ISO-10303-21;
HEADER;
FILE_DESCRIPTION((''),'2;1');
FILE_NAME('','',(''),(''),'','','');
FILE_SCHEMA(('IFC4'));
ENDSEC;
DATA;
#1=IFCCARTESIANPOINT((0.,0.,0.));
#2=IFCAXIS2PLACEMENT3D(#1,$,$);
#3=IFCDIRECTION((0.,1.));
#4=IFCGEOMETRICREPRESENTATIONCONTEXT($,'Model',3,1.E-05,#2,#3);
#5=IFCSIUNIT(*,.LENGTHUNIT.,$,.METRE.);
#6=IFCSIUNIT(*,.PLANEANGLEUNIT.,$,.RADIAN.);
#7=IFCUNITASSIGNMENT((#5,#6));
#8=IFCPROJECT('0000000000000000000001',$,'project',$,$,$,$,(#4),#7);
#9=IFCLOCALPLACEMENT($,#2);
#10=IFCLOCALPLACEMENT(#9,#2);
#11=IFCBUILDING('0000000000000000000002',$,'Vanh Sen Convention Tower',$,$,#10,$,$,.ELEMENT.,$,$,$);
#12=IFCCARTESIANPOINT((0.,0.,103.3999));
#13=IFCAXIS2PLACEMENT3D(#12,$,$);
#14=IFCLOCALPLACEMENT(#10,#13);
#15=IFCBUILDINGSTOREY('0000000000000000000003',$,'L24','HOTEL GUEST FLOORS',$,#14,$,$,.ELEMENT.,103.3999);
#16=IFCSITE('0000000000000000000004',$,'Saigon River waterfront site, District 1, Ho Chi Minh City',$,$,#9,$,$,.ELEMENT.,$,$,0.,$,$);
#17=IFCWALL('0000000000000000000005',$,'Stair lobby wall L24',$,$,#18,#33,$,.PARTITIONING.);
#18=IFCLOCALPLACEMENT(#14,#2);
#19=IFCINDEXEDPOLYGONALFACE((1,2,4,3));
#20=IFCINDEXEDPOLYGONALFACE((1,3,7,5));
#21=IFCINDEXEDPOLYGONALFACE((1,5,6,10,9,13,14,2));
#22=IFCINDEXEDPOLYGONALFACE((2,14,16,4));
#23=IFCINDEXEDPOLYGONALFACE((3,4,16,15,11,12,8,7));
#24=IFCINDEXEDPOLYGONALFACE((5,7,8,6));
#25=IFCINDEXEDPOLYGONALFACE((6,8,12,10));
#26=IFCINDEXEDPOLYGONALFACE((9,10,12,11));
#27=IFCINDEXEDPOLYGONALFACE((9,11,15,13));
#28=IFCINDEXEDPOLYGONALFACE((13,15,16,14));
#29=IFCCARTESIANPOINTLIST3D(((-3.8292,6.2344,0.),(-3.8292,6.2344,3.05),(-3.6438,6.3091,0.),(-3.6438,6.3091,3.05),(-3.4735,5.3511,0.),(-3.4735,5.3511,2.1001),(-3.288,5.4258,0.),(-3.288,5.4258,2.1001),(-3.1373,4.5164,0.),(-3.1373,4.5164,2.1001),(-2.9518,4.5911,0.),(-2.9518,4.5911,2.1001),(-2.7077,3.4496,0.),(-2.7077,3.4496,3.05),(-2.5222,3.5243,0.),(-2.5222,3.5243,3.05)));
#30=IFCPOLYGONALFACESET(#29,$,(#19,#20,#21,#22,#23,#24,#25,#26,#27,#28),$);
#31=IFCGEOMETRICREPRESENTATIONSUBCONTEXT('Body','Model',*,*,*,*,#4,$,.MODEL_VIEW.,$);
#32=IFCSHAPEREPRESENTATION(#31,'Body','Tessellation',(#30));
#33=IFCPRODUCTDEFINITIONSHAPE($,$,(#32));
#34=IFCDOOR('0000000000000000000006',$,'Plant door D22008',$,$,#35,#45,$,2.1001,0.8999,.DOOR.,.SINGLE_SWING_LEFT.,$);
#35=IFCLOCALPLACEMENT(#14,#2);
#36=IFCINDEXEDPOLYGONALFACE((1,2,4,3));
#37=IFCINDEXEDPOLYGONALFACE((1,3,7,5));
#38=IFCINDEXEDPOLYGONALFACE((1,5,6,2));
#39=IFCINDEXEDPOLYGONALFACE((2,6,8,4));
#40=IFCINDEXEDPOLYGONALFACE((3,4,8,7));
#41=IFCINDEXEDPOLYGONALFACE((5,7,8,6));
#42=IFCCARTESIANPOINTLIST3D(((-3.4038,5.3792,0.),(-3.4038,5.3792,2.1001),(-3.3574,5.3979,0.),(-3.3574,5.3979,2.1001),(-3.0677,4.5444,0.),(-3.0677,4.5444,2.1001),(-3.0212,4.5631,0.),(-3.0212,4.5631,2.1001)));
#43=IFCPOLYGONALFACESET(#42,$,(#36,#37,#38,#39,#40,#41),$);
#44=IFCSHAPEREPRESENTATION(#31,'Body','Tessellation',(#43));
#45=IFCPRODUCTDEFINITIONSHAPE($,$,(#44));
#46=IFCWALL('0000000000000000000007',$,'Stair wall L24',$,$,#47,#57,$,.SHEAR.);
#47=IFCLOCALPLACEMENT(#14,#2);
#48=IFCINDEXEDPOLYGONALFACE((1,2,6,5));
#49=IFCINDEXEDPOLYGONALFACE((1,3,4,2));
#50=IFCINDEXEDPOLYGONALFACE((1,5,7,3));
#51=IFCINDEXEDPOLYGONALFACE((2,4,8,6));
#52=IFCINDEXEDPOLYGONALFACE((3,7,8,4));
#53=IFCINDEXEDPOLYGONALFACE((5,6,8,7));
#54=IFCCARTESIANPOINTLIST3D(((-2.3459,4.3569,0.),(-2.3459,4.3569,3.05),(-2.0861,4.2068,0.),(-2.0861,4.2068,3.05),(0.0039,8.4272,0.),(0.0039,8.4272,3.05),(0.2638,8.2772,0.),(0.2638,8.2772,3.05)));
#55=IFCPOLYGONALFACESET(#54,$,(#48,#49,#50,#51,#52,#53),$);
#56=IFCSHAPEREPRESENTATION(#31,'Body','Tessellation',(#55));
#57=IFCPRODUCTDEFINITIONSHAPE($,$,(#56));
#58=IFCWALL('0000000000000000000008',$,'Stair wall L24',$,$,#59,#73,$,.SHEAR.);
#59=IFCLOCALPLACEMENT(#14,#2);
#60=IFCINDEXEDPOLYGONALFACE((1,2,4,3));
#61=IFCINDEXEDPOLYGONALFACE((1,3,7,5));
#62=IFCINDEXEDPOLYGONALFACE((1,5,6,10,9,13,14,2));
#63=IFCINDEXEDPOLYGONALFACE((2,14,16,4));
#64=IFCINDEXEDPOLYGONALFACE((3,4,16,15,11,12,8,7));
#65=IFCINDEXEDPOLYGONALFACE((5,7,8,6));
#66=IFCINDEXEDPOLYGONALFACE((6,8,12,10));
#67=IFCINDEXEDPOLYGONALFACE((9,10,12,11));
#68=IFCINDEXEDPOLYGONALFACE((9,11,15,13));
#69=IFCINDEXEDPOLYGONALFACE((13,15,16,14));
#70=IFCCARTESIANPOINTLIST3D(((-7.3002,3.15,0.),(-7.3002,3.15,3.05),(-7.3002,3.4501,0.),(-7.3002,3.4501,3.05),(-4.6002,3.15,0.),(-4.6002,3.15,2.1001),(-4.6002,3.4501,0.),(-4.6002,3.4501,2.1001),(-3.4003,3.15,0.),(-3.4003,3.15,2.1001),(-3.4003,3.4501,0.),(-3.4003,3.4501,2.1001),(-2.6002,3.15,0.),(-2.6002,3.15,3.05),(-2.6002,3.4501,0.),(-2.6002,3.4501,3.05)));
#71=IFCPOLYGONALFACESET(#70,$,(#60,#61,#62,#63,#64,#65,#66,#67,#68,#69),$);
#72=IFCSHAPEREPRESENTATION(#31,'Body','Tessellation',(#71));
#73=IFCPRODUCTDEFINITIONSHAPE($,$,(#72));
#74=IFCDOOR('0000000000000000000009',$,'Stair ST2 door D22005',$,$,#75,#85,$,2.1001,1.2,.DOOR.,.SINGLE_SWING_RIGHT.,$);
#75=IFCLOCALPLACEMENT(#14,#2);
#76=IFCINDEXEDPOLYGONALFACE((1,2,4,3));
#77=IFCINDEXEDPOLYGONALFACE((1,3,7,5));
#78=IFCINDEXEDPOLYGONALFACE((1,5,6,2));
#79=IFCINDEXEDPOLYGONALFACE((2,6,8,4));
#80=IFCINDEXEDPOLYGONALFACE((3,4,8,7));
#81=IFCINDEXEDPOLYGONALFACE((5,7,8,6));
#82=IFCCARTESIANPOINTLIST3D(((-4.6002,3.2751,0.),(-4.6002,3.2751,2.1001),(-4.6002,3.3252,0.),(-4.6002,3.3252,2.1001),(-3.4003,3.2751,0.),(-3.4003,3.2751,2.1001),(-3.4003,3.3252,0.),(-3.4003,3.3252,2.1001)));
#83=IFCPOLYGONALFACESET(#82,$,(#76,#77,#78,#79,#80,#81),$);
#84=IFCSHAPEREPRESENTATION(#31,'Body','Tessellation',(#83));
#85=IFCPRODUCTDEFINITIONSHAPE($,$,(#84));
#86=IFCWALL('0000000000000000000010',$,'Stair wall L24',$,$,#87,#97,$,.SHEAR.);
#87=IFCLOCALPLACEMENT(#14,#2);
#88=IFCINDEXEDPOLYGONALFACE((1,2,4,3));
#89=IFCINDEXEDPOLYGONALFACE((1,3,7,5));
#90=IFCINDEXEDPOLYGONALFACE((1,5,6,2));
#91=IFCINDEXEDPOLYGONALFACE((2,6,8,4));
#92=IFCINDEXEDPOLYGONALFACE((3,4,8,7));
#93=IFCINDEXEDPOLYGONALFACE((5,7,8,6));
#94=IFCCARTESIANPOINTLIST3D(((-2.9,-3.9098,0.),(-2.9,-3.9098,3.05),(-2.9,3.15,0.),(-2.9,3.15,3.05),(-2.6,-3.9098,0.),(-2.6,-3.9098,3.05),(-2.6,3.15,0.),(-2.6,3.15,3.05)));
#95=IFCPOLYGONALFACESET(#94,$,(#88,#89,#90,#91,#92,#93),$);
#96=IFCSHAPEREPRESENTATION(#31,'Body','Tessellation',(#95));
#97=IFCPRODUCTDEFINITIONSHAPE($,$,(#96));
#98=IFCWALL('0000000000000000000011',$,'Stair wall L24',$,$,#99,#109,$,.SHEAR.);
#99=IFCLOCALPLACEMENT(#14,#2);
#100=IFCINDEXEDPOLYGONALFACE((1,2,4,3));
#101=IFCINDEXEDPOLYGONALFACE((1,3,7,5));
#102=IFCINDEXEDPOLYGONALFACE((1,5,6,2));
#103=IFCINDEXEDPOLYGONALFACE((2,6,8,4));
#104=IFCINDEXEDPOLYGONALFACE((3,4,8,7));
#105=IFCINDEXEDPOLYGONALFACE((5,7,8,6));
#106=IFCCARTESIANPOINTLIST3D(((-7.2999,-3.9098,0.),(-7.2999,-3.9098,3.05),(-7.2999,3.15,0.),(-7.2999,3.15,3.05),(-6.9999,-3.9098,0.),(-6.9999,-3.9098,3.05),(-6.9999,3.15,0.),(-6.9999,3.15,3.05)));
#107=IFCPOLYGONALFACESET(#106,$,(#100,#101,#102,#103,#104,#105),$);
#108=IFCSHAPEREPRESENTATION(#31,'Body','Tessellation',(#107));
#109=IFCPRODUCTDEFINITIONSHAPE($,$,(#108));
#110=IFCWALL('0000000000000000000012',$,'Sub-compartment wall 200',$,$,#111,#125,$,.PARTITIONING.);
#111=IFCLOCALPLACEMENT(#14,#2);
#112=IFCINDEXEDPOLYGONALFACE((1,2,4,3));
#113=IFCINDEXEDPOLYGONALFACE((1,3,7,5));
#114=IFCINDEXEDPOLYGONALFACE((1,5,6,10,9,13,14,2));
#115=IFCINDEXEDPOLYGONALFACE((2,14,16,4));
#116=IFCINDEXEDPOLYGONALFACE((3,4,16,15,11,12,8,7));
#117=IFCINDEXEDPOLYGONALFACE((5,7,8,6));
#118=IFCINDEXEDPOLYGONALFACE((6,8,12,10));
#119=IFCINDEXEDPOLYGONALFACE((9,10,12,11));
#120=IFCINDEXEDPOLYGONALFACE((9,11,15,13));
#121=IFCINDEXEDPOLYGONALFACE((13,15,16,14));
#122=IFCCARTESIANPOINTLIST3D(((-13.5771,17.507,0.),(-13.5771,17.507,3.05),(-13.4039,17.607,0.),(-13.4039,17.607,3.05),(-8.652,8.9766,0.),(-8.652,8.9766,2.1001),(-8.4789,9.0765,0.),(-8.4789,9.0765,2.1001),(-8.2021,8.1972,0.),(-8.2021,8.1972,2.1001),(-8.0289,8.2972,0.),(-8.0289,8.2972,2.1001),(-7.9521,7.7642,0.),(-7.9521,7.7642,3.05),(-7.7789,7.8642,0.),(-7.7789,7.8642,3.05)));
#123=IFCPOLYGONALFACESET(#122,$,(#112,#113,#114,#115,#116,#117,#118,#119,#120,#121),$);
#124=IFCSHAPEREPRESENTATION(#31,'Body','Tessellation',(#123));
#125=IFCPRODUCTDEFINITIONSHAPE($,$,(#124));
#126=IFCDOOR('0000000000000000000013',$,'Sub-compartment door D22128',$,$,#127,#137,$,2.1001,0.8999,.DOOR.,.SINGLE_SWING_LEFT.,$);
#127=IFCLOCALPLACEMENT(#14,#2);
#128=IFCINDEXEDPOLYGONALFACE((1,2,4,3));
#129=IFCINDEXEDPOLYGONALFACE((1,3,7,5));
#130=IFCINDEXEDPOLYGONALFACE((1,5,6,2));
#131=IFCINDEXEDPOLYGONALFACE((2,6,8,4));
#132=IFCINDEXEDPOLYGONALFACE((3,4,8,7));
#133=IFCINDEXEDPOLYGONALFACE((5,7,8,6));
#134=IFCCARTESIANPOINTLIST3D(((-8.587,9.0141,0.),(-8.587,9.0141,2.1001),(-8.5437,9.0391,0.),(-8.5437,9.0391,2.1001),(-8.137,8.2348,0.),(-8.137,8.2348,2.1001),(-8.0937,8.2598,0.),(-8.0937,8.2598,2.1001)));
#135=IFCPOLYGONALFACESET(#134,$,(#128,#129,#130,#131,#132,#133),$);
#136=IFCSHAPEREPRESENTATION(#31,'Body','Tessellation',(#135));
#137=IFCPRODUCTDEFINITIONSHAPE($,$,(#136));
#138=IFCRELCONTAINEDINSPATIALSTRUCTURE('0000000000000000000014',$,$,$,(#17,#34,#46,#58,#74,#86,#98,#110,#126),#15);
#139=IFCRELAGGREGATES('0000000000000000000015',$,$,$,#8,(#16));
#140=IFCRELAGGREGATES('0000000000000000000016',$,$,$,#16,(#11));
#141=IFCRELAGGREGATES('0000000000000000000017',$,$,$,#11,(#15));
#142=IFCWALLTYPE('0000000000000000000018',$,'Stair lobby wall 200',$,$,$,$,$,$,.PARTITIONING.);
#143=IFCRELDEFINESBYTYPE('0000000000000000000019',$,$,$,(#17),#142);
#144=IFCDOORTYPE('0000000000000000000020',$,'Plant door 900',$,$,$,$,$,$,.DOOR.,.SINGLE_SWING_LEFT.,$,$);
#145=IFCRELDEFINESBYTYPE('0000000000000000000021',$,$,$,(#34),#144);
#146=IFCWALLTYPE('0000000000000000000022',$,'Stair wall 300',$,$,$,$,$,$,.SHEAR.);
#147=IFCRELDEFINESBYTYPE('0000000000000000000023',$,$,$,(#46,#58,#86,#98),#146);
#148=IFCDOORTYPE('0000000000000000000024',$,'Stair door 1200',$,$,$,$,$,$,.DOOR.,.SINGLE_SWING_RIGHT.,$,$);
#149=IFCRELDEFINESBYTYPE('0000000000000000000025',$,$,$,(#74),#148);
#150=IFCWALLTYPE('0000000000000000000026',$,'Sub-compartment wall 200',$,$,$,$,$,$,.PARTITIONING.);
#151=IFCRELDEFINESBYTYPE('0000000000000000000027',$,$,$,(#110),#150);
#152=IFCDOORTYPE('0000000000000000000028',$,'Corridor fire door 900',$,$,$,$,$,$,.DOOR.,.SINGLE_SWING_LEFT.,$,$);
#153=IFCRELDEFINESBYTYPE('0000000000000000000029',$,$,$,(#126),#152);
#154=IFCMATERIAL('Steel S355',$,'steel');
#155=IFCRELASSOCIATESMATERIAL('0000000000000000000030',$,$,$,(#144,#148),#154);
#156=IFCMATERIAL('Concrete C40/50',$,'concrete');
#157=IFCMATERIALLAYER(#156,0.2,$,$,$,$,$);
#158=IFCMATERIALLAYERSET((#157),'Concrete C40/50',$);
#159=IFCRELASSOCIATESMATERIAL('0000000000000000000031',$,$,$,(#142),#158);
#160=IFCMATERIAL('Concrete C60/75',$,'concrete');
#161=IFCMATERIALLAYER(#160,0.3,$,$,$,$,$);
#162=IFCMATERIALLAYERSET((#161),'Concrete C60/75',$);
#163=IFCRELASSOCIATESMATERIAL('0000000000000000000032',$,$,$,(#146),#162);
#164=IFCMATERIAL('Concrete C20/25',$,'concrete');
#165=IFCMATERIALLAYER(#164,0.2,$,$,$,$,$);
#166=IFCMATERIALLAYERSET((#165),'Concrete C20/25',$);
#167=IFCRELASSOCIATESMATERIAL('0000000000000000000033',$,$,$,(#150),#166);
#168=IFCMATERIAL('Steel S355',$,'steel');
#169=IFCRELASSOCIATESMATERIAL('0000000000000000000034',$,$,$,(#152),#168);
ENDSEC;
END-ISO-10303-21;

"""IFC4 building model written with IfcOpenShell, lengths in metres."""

from ifc_helpers import new_model, si_unit, direction, frame, frame_2d, origin, place, context, subcontext, project, spatial, rectangle, extrude, material, layer, layer_set, type_object, element, fill, save


model = new_model("IFC4")

# Units and contexts
model_context = context("Model", 3, precision=1e-05, world=origin(), true_north=direction((0.0, 1.0)))
body_context = subcontext(model_context, "Body", "Model", "MODEL_VIEW")
ifc_project = project(units=[si_unit("LENGTHUNIT", "METRE"), si_unit("PLANEANGLEUNIT", "RADIAN")], contexts=[model_context])

# Site, building, storey
site_placement = place(None, origin())
site = spatial("IfcSite", under=ifc_project, at=site_placement, Name="Saigon River waterfront site, District 1, Ho Chi Minh City", CompositionType="ELEMENT", RefElevation=0.0)
building_placement = place(site_placement, origin())
building = spatial("IfcBuilding", under=site, at=building_placement, Name="Vanh Sen Convention Tower", CompositionType="ELEMENT")
storey_placement = place(building_placement, frame((0.0, 0.0, 103.3999)))
storey = spatial("IfcBuildingStorey", under=building, at=storey_placement, Name="L24", Description="HOTEL GUEST FLOORS", CompositionType="ELEMENT", Elevation=103.3999)

# Shared definitions
ifc_material_1 = material(Name="Steel S355", Category="steel")
door_type_1 = type_object("IfcDoorType", Name="Plant door 900", OperationType="SINGLE_SWING_LEFT", PredefinedType="DOOR", material=ifc_material_1)
ifc_material_2 = material(Name="Concrete C60/75", Category="concrete")

# Shared definitions
ifc_material_3 = material(Name="Concrete C40/50", Category="concrete")

# Wall, opening, door
ifc_layer_1 = layer(ifc_material_3, 0.2)
ifc_layer_set_1 = layer_set([ifc_layer_1], Name="Concrete C40/50")
wall_type_1 = type_object("IfcWallType", Name="Stair lobby wall 200", PredefinedType="PARTITIONING", material=ifc_layer_set_1)
wall_1_placement = place(storey_placement, frame((-2.615, 3.4871, 0.0), z_axis=(0.0, 0.0, 1.0), x_axis=(-0.373577, 0.927599, 0.0)))
wall_1 = element("IfcWall", 1, at=wall_1_placement, inside=storey, type_object=wall_type_1, Name="Stair lobby wall L24", PredefinedType="PARTITIONING", context=body_context, shape_type="SweptSolid", body=[
    extrude(rectangle(XDim=3.0022, YDim=0.2, at=frame_2d((1.501, 0.0))), origin(), (0.0, 0.0, 1.0), 3.05),
])
opening_1_placement = place(wall_1_placement, frame((1.1499, 0.0, 0.0)))
opening_1 = element("IfcOpeningElement", 2, at=opening_1_placement, cuts=wall_1, PredefinedType="OPENING", context=body_context, shape_type="SweptSolid", body=[
    extrude(rectangle(XDim=0.8999, YDim=2.1001, at=frame_2d((0.45, 1.05))), frame((0.0, 0.1099, 0.0), z_axis=(0.0, -1.0, 0.0), x_axis=(1.0, 0.0, 0.0)), (0.0, 0.0, 1.0), 0.22),
])
door_1_placement = place(opening_1_placement, origin())
door_1 = element("IfcDoor", 3, at=door_1_placement, inside=storey, type_object=door_type_1, Name="Plant door D22008", OperationType="SINGLE_SWING_LEFT", OverallHeight=2.1001, OverallWidth=0.8999, PredefinedType="DOOR", context=body_context, shape_type="SweptSolid", body=[
    extrude(rectangle(XDim=0.8999, YDim=2.1001, at=frame_2d((0.45, 1.05))), frame((0.0, 0.0249, 0.0), z_axis=(0.0, -1.0, 0.0), x_axis=(1.0, 0.0, 0.0)), (0.0, 0.0, 1.0), 0.05),
])
fill(opening_1, door_1)

# Wall
ifc_layer_2 = layer(ifc_material_2, 0.3)
ifc_layer_set_2 = layer_set([ifc_layer_2], Name="Concrete C60/75")
wall_type_2 = type_object("IfcWallType", Name="Stair wall 300", PredefinedType="SHEAR", material=ifc_layer_set_2)
wall_2_placement = place(storey_placement, frame((-2.2161, 4.2817, 0.0), z_axis=(0.0, 0.0, 1.0), x_axis=(0.499977, 0.866039, 0.0)))
element("IfcWall", 4, at=wall_2_placement, inside=storey, type_object=wall_type_2, Name="Stair wall L24", PredefinedType="SHEAR", context=body_context, shape_type="SweptSolid", body=[
    extrude(rectangle(XDim=4.7, YDim=0.3, at=frame_2d((2.3501, 0.0))), origin(), (0.0, 0.0, 1.0), 3.05),
])

# Wall, opening, door
wall_3_placement = place(storey_placement, frame((-2.6001, 3.3, 0.0), z_axis=(0.0, 0.0, 1.0), x_axis=(-1.0, 0.0, 0.0)))
wall_3 = element("IfcWall", 5, at=wall_3_placement, inside=storey, type_object=wall_type_2, Name="Stair wall L24", PredefinedType="SHEAR", context=body_context, shape_type="SweptSolid", body=[
    extrude(rectangle(XDim=4.7, YDim=0.3, at=frame_2d((2.3501, 0.0))), origin(), (0.0, 0.0, 1.0), 3.05),
])
opening_2_placement = place(wall_3_placement, frame((0.8, 0.0, 0.0)))
opening_2 = element("IfcOpeningElement", 6, at=opening_2_placement, cuts=wall_3, PredefinedType="OPENING", context=body_context, shape_type="SweptSolid", body=[
    extrude(rectangle(XDim=1.2, YDim=2.1001, at=frame_2d((0.6001, 1.05))), frame((0.0, 0.1599, 0.0), z_axis=(0.0, -1.0, 0.0), x_axis=(1.0, 0.0, 0.0)), (0.0, 0.0, 1.0), 0.3201),
])
door_type_2 = type_object("IfcDoorType", Name="Stair door 1200", OperationType="SINGLE_SWING_RIGHT", PredefinedType="DOOR", material=ifc_material_1)
door_2_placement = place(opening_2_placement, origin())
door_2 = element("IfcDoor", 7, at=door_2_placement, inside=storey, type_object=door_type_2, Name="Stair ST2 door D22005", OperationType="SINGLE_SWING_RIGHT", OverallHeight=2.1001, OverallWidth=1.2, PredefinedType="DOOR", context=body_context, shape_type="SweptSolid", body=[
    extrude(rectangle(XDim=1.2, YDim=2.1001, at=frame_2d((0.6001, 1.05))), frame((0.0, 0.0249, 0.0), z_axis=(0.0, -1.0, 0.0), x_axis=(1.0, 0.0, 0.0)), (0.0, 0.0, 1.0), 0.05),
])
fill(opening_2, door_2)

# Walls
for number, where, z_axis, x_axis, name in (
    (8, (-2.75, 3.1499, 0.0), (0.0, 0.0, 1.0), (0.0, -1.0, 0.0), "Stair wall L24"),
    (9, (-7.1499, 3.1499, 0.0), (0.0, 0.0, 1.0), (0.0, -1.0, 0.0), "Stair wall L24"),
):
    element("IfcWall", number, at=place(storey_placement, frame(where, z_axis=z_axis, x_axis=x_axis)), inside=storey, type_object=wall_type_2, Name=name, PredefinedType="SHEAR", context=body_context, shape_type="SweptSolid", body=[
        extrude(rectangle(XDim=7.0598, YDim=0.3, at=frame_2d((3.5298, 0.0))), origin(), (0.0, 0.0, 1.0), 3.05),
    ])

# Wall, opening, door
ifc_material_4 = material(Name="Concrete C20/25", Category="concrete")
ifc_layer_3 = layer(ifc_material_4, 0.2)
ifc_layer_set_3 = layer_set([ifc_layer_3], Name="Concrete C20/25")
wall_type_3 = type_object("IfcWallType", Name="Sub-compartment wall 200", PredefinedType="PARTITIONING", material=ifc_layer_set_3)
wall_4_placement = place(storey_placement, frame((-7.8655, 7.8142, 0.0), z_axis=(0.0, 0.0, 1.0), x_axis=(-0.500004, 0.866023, 0.0)))
wall_4 = element("IfcWall", 10, at=wall_4_placement, inside=storey, type_object=wall_type_3, Name="Sub-compartment wall 200", PredefinedType="PARTITIONING", context=body_context, shape_type="SweptSolid", body=[
    extrude(rectangle(XDim=11.25, YDim=0.2, at=frame_2d((5.625, 0.0))), origin(), (0.0, 0.0, 1.0), 3.05),
])
opening_3_placement = place(wall_4_placement, frame((0.5, 0.0, 0.0)))
opening_3 = element("IfcOpeningElement", 11, at=opening_3_placement, cuts=wall_4, PredefinedType="OPENING", context=body_context, shape_type="SweptSolid", body=[
    extrude(rectangle(XDim=0.8999, YDim=2.1001, at=frame_2d((0.45, 1.05))), frame((0.0, 0.1099, 0.0), z_axis=(0.0, -1.0, 0.0), x_axis=(1.0, 0.0, 0.0)), (0.0, 0.0, 1.0), 0.22),
])
ifc_material_5 = material(Name="Steel S355", Category="steel")
door_type_3 = type_object("IfcDoorType", Name="Corridor fire door 900", OperationType="SINGLE_SWING_LEFT", PredefinedType="DOOR", material=ifc_material_5)
door_3_placement = place(opening_3_placement, origin())
door_3 = element("IfcDoor", 12, at=door_3_placement, inside=storey, type_object=door_type_3, Name="Sub-compartment door D22128", OperationType="SINGLE_SWING_LEFT", OverallHeight=2.1001, OverallWidth=0.8999, PredefinedType="DOOR", context=body_context, shape_type="SweptSolid", body=[
    extrude(rectangle(XDim=0.8999, YDim=2.1001, at=frame_2d((0.45, 1.05))), frame((0.0, 0.0249, 0.0), z_axis=(0.0, -1.0, 0.0), x_axis=(1.0, 0.0, 0.0)), (0.0, 0.0, 1.0), 0.05),
])
fill(opening_3, door_3)

save(model, "model.ifc")
